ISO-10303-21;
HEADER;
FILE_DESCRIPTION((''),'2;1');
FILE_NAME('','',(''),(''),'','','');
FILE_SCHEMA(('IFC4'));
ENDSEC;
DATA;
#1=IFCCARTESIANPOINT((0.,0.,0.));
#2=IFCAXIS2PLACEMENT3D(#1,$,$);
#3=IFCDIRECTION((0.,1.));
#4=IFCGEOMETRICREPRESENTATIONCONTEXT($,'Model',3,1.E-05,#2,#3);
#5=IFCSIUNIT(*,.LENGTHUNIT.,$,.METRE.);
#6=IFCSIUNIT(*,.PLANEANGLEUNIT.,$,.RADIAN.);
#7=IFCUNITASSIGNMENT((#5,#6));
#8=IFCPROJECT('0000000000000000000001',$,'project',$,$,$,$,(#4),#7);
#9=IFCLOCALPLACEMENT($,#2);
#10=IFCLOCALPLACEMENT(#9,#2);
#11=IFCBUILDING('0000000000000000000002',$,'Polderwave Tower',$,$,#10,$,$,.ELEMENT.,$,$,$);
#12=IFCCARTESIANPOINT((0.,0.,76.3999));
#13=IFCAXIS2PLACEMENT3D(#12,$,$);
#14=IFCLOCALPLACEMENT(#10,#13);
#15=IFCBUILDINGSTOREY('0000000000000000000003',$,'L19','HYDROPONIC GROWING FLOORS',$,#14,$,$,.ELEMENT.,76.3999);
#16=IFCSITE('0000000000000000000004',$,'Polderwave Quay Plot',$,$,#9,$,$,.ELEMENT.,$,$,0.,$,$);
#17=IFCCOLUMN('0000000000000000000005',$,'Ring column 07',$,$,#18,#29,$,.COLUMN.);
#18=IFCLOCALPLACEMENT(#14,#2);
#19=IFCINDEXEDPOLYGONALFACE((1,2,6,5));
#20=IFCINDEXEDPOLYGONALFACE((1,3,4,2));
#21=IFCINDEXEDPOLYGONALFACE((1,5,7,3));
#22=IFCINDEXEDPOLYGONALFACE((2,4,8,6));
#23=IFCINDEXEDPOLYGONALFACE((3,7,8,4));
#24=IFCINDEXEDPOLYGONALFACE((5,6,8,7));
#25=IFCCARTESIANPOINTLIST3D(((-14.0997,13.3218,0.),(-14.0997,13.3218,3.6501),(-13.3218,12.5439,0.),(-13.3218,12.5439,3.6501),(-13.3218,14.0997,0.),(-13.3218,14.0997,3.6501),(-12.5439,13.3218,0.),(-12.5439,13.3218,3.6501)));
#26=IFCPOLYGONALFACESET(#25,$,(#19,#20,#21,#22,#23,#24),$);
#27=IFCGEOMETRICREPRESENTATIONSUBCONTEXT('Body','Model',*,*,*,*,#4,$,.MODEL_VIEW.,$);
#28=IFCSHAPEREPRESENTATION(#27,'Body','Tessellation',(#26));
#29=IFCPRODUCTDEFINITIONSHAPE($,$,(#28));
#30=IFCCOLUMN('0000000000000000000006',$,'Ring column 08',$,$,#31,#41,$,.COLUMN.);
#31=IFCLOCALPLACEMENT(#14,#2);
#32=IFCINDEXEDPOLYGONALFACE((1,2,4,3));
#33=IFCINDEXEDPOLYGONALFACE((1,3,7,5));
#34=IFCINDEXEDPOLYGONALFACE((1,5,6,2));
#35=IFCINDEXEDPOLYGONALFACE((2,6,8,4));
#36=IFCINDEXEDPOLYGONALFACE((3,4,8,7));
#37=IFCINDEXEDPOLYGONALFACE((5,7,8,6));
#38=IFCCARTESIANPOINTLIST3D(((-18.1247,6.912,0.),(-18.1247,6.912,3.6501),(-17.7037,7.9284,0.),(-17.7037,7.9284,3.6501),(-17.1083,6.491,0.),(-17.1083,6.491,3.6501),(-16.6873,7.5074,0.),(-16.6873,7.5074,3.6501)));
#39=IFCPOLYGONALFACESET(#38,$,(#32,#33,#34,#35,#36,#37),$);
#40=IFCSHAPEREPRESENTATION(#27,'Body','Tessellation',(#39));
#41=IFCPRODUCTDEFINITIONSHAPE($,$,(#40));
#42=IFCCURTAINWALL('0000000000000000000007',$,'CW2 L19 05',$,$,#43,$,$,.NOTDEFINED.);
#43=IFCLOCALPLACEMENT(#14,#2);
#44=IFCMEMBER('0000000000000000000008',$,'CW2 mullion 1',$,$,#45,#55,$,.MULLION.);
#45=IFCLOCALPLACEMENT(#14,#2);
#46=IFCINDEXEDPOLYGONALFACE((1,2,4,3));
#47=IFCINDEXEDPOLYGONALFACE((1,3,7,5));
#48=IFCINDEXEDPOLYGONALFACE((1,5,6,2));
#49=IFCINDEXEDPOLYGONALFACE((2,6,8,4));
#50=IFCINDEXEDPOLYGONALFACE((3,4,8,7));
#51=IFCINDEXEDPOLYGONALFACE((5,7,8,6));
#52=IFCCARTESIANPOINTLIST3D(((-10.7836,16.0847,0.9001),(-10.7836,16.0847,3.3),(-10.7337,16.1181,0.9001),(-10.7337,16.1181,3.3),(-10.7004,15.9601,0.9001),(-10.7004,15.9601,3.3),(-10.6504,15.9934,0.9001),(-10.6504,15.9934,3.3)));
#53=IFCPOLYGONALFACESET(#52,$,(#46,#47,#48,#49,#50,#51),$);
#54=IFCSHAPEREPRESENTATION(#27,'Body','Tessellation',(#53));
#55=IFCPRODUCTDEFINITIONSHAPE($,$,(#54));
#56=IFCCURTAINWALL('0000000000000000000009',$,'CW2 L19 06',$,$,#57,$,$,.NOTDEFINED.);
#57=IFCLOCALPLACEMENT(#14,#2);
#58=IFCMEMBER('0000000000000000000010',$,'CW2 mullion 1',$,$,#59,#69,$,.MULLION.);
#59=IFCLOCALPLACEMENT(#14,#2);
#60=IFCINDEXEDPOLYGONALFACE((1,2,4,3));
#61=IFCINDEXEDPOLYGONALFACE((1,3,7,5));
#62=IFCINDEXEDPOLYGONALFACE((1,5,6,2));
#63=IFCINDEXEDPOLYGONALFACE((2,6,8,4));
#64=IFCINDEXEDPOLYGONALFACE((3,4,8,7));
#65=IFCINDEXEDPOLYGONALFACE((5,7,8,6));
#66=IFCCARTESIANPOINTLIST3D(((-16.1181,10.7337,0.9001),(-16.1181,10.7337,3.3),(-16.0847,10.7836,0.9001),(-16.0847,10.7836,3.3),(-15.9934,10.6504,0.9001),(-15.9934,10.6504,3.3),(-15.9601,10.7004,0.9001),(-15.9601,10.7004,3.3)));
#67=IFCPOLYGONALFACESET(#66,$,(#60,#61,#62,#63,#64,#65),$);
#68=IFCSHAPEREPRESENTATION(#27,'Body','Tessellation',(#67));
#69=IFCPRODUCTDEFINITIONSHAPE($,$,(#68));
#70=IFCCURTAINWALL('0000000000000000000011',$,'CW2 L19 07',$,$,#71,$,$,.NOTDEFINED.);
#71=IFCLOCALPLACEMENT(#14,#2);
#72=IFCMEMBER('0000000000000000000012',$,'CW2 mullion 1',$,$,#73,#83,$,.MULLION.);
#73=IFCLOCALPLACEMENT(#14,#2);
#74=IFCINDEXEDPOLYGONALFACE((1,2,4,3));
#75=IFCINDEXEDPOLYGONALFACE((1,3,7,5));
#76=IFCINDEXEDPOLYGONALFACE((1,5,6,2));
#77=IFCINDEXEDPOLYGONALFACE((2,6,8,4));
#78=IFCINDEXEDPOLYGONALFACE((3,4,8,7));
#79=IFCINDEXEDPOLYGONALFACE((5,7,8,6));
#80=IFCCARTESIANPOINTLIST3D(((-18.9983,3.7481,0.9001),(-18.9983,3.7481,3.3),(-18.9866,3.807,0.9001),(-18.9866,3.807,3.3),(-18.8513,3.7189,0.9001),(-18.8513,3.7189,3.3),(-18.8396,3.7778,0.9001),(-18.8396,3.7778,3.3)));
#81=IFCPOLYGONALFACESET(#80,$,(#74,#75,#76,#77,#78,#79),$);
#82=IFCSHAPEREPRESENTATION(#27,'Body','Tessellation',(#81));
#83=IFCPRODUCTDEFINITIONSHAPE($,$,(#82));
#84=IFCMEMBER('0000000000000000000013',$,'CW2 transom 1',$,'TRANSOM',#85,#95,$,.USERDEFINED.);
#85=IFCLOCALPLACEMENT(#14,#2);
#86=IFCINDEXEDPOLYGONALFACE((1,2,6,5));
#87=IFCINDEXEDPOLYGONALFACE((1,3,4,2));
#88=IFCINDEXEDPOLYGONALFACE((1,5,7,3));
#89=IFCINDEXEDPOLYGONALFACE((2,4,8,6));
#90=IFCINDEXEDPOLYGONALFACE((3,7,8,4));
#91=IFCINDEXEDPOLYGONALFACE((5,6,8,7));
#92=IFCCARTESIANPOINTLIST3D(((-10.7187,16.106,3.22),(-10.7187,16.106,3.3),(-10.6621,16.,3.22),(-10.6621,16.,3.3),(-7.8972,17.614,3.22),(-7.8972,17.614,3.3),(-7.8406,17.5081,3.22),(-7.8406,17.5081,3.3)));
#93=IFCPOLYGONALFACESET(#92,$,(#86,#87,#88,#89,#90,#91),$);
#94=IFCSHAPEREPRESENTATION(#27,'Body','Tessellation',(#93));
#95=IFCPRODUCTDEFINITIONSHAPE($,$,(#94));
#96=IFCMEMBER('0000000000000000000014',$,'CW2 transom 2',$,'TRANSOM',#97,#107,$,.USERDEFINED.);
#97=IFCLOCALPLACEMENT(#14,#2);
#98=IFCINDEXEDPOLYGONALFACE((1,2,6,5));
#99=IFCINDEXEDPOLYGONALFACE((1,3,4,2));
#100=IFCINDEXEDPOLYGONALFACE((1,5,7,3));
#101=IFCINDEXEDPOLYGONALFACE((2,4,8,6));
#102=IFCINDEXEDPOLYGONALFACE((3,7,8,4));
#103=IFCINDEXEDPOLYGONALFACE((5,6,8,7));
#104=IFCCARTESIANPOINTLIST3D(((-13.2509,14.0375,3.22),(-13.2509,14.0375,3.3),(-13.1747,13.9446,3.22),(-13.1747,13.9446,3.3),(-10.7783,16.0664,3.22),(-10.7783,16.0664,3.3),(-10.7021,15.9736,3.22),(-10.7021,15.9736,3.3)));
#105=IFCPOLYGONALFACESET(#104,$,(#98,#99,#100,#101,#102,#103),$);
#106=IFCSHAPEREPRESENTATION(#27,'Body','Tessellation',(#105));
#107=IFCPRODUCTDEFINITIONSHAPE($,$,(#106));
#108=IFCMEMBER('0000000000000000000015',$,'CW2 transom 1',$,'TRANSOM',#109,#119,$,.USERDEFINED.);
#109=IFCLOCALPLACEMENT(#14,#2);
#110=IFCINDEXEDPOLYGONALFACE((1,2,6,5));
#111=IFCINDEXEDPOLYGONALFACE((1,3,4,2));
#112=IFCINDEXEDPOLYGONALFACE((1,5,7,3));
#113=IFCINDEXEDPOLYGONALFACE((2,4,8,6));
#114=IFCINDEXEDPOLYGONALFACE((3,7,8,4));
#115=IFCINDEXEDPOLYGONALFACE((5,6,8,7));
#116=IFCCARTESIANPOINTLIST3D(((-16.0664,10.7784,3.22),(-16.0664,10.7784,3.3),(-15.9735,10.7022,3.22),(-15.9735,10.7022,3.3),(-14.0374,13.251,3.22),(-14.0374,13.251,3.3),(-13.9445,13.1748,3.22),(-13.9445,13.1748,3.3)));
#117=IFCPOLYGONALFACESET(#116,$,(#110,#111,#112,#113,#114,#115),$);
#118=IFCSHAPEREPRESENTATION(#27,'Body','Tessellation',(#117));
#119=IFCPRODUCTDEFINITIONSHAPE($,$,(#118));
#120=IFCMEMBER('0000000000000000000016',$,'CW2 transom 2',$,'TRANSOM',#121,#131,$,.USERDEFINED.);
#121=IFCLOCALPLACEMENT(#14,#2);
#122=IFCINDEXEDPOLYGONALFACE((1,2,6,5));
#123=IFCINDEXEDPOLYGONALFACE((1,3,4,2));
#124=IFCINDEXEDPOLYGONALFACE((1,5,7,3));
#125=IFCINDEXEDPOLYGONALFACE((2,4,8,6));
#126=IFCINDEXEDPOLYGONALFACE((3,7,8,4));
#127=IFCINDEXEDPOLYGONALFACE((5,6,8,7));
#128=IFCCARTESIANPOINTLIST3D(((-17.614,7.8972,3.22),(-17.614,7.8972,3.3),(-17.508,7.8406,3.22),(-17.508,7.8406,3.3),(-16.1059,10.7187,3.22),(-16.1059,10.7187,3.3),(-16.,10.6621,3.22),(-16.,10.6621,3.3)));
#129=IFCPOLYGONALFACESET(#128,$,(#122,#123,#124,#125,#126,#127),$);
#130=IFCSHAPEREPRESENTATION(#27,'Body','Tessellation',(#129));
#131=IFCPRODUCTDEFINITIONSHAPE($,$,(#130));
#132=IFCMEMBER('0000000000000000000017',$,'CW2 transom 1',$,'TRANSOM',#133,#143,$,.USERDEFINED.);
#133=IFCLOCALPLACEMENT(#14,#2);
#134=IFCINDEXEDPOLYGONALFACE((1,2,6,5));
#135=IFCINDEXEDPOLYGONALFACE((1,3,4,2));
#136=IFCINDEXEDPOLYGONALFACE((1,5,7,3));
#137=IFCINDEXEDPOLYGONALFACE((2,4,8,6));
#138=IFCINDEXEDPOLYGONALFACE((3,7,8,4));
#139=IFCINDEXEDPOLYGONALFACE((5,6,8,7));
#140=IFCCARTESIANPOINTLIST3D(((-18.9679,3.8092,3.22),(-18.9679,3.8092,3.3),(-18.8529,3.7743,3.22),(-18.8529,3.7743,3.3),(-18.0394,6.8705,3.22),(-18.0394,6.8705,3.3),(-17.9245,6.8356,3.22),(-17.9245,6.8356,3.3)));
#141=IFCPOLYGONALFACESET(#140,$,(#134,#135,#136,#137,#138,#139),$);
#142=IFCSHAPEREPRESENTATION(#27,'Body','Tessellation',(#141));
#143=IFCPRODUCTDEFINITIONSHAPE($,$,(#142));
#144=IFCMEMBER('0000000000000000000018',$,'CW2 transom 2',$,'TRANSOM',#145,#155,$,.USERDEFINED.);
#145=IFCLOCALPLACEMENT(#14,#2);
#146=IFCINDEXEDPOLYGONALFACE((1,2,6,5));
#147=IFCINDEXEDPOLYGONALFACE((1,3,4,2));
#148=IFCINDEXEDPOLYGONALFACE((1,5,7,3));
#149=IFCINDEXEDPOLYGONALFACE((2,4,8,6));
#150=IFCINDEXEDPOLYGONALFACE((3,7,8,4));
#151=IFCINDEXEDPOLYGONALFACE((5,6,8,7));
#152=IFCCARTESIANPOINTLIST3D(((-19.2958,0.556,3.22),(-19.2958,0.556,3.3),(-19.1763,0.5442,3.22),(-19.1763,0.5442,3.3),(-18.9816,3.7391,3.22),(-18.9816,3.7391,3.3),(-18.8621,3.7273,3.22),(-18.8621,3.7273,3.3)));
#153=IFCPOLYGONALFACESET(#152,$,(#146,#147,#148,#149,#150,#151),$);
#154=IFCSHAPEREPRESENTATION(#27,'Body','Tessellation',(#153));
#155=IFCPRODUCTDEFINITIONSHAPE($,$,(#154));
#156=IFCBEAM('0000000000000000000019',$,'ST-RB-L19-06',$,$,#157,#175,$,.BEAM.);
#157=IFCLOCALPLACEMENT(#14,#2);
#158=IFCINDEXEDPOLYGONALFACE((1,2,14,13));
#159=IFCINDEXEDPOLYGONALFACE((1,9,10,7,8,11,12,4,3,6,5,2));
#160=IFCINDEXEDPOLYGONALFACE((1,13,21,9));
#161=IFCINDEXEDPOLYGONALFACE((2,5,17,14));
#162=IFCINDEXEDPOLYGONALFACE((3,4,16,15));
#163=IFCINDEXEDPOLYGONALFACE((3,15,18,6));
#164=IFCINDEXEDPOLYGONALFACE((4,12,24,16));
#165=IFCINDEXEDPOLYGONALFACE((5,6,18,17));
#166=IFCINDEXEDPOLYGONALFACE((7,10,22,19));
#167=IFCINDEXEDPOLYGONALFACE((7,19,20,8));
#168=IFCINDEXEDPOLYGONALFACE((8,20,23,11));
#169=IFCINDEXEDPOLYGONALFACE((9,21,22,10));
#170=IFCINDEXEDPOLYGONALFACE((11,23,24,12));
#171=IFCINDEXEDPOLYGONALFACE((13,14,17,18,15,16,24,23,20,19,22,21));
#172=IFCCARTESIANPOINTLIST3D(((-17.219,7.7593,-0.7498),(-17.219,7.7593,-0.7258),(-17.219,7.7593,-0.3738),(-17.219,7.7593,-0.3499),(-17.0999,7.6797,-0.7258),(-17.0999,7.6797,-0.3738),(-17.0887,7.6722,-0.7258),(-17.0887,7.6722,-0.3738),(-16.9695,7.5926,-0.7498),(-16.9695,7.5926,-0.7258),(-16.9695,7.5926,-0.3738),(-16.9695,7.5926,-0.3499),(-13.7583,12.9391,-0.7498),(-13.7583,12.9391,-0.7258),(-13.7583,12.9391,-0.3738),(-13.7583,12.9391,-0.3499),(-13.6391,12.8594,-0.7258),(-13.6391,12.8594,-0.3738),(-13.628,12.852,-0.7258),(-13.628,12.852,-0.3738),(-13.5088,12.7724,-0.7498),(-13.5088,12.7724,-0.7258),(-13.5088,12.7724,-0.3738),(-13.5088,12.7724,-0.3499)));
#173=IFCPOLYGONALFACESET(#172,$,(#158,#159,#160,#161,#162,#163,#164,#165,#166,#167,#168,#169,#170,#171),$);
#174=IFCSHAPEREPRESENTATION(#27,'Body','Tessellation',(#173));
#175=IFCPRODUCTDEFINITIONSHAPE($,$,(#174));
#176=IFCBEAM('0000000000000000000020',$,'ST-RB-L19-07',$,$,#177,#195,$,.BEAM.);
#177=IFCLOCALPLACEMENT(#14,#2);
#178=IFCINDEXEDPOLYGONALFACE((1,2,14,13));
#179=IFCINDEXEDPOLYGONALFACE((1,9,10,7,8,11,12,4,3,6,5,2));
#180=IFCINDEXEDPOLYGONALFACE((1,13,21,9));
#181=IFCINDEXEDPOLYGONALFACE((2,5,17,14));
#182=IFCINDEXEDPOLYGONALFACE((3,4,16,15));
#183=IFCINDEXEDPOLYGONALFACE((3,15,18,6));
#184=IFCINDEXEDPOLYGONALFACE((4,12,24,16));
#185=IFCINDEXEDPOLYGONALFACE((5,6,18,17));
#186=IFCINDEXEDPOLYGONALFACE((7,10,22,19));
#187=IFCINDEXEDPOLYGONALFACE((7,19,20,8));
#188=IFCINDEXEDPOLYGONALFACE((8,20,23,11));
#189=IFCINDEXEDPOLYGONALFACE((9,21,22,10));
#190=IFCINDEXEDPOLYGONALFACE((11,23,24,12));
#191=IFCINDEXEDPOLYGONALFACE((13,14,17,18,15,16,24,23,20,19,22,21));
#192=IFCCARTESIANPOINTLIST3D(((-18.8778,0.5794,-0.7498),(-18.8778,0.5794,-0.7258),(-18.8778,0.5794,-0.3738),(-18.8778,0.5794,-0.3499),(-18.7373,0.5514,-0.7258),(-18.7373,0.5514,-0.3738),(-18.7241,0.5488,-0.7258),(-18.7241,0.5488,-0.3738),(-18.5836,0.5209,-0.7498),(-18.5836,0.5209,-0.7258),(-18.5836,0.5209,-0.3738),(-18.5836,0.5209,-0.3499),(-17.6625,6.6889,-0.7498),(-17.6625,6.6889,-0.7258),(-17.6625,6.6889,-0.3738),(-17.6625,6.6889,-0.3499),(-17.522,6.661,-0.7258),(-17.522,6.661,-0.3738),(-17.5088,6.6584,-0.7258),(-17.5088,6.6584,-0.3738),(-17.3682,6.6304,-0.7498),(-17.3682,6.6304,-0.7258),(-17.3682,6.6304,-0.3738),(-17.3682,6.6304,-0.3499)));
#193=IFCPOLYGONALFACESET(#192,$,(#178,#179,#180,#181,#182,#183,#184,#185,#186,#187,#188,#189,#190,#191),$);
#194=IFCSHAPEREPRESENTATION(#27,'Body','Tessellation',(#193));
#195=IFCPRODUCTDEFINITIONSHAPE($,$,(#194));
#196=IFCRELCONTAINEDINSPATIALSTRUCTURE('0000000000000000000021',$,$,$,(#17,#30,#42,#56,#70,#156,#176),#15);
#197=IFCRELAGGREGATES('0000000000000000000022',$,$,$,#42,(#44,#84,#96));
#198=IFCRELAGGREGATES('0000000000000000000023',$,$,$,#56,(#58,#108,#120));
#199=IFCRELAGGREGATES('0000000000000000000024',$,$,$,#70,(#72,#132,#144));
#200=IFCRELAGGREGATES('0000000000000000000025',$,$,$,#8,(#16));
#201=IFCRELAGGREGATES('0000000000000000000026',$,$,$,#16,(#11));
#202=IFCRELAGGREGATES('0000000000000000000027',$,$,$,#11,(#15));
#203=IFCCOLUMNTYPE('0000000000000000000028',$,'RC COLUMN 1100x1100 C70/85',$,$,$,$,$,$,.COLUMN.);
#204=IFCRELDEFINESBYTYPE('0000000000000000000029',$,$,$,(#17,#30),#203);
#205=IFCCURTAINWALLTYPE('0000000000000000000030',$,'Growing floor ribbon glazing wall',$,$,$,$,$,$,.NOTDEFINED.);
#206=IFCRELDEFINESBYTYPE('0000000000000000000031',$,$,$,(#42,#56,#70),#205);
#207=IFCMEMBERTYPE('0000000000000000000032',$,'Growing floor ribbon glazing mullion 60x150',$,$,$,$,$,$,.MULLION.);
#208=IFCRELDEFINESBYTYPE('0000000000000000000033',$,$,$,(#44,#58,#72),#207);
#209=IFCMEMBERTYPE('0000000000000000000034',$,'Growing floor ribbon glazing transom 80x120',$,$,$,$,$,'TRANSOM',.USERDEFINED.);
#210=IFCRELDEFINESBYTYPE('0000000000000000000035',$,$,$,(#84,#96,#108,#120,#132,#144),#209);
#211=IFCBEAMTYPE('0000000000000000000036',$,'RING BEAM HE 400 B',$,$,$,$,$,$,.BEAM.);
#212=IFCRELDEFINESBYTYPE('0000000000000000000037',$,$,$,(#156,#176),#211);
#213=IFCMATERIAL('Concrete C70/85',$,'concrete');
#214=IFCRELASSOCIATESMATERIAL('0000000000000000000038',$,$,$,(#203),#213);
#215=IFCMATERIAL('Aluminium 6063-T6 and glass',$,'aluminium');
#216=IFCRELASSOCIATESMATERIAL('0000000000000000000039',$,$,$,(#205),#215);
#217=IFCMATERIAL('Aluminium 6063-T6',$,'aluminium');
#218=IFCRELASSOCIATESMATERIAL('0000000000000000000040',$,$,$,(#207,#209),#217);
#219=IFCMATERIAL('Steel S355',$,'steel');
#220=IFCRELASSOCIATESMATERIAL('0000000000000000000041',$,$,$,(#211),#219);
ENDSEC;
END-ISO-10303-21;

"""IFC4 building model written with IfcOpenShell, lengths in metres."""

from ifc_helpers import new_model, si_unit, direction, frame, origin, origin_2d, place, context, subcontext, project, spatial, rectangle, i_section, extrude, material, material_profile, profile_set, type_object, element, aggregate, save


model = new_model("IFC4")

# Units and contexts
model_context = context("Model", 3, precision=1e-05, world=origin(), true_north=direction((0.0, 1.0)))
body_context = subcontext(model_context, "Body", "Model", "MODEL_VIEW")
ifc_project = project(units=[si_unit("LENGTHUNIT", "METRE"), si_unit("PLANEANGLEUNIT", "RADIAN")], contexts=[model_context])

# Site, building, storey
site_placement = place(None, origin())
site = spatial("IfcSite", under=ifc_project, at=site_placement, Name="Polderwave Quay Plot", CompositionType="ELEMENT", RefElevation=0.0)
building_placement = place(site_placement, origin())
building = spatial("IfcBuilding", under=site, at=building_placement, Name="Polderwave Tower", CompositionType="ELEMENT")
storey_placement = place(building_placement, frame((0.0, 0.0, 76.3999)))
storey = spatial("IfcBuildingStorey", under=building, at=storey_placement, Name="L19", Description="HYDROPONIC GROWING FLOORS", CompositionType="ELEMENT", Elevation=76.3999)

# Columns
ifc_material_1 = material(Name="Concrete C70/85", Category="concrete")
ifc_material_profile_1 = material_profile(ifc_material_1, rectangle(XDim=1.1001, YDim=1.1001, at=origin_2d()), Name="RC 1100x1100")
ifc_profile_set_1 = profile_set([ifc_material_profile_1], Name="Concrete C70/85")
column_type = type_object("IfcColumnType", Name="RC COLUMN 1100x1100 C70/85", PredefinedType="COLUMN", material=ifc_profile_set_1)
for number, where, z_axis, x_axis, name in (
    (1, (-13.3218, 13.3218, 0.0), (0.0, 0.0, 1.0), (-0.707107, 0.707107, 0.0), "Ring column 07"),
    (2, (-17.406, 7.2097, 0.0), (0.0, 0.0, 1.0), (-0.92388, 0.382683, 0.0), "Ring column 08"),
):
    element("IfcColumn", number, at=place(storey_placement, frame(where, z_axis=z_axis, x_axis=x_axis)), inside=storey, type_object=column_type, Name=name, PredefinedType="COLUMN", context=body_context, shape_type="SweptSolid", body=[
        extrude(rectangle(XDim=1.1001, YDim=1.1001, at=origin_2d()), origin(), (0.0, 0.0, 1.0), 3.6501),
    ])

# Curtain walls, members
ifc_material_2 = material(Name="Aluminium 6063-T6 and glass", Category="aluminium")
curtain_wall_type = type_object("IfcCurtainWallType", Name="Growing floor ribbon glazing wall", PredefinedType="NOTDEFINED", material=ifc_material_2)
curtain_wall_1_placement = place(storey_placement, origin())
curtain_wall_1 = element("IfcCurtainWall", 3, at=curtain_wall_1_placement, inside=storey, type_object=curtain_wall_type, Name="CW2 L19 05", PredefinedType="NOTDEFINED")
ifc_material_3 = material(Name="Aluminium 6063-T6", Category="aluminium")
ifc_material_profile_2 = material_profile(ifc_material_3, rectangle(XDim=0.1499, YDim=0.0601, at=origin_2d()), Name="AL 60x150")
ifc_profile_set_2 = profile_set([ifc_material_profile_2], Name="Aluminium 6063-T6")
member_type_1 = type_object("IfcMemberType", Name="Growing floor ribbon glazing mullion 60x150", PredefinedType="MULLION", material=ifc_profile_set_2)
member_1_placement = place(storey_placement, frame((-10.717, 16.0391, 0.9001), z_axis=(0.0, 0.0, 1.0), x_axis=(0.555496, -0.831519, 0.0)))
member_1 = element("IfcMember", 4, at=member_1_placement, type_object=member_type_1, Name="CW2 mullion 1", PredefinedType="MULLION", context=body_context, shape_type="SweptSolid", body=[
    extrude(rectangle(XDim=0.1499, YDim=0.0601, at=origin_2d()), origin(), (0.0, 0.0, 1.0), 2.3999),
])
curtain_wall_2_placement = place(storey_placement, origin())
curtain_wall_2 = element("IfcCurtainWall", 5, at=curtain_wall_2_placement, inside=storey, type_object=curtain_wall_type, Name="CW2 L19 06", PredefinedType="NOTDEFINED")
member_2_placement = place(storey_placement, frame((-16.0391, 10.717, 0.9001), z_axis=(0.0, 0.0, 1.0), x_axis=(0.831519, -0.555496, 0.0)))
member_2 = element("IfcMember", 6, at=member_2_placement, type_object=member_type_1, Name="CW2 mullion 1", PredefinedType="MULLION", context=body_context, shape_type="SweptSolid", body=[
    extrude(rectangle(XDim=0.1499, YDim=0.0601, at=origin_2d()), origin(), (0.0, 0.0, 1.0), 2.3999),
])
curtain_wall_3_placement = place(storey_placement, origin())
curtain_wall_3 = element("IfcCurtainWall", 7, at=curtain_wall_3_placement, inside=storey, type_object=curtain_wall_type, Name="CW2 L19 07", PredefinedType="NOTDEFINED")
member_3_placement = place(storey_placement, frame((-18.9189, 3.7629, 0.9001), z_axis=(0.0, 0.0, 1.0), x_axis=(0.980779, -0.195123, 0.0)))
member_3 = element("IfcMember", 8, at=member_3_placement, type_object=member_type_1, Name="CW2 mullion 1", PredefinedType="MULLION", context=body_context, shape_type="SweptSolid", body=[
    extrude(rectangle(XDim=0.1499, YDim=0.0601, at=origin_2d()), origin(), (0.0, 0.0, 1.0), 2.3999),
])

# Members
ifc_material_profile_3 = material_profile(ifc_material_3, rectangle(XDim=0.1201, YDim=0.0801, at=origin_2d()), Name="AL 80x120")
ifc_profile_set_3 = profile_set([ifc_material_profile_3], Name="Aluminium 6063-T6")
member_type_2 = type_object("IfcMemberType", Name="Growing floor ribbon glazing transom 80x120", ElementType="TRANSOM", PredefinedType="USERDEFINED", material=ifc_profile_set_3)
member_4_placement = place(storey_placement, frame((-7.8689, 17.561, 3.26), z_axis=(-0.881932, -0.471376, 0.0), x_axis=(0.471376, -0.881932, 0.0)))
member_4 = element("IfcMember", 9, at=member_4_placement, type_object=member_type_2, Name="CW2 transom 1", ObjectType="TRANSOM", PredefinedType="USERDEFINED", context=body_context, shape_type="SweptSolid", body=[
    extrude(rectangle(XDim=0.1201, YDim=0.0801, at=origin_2d()), origin(), (0.0, 0.0, 1.0), 3.1992),
])
member_5_placement = place(storey_placement, frame((-10.7402, 16.02, 3.26), z_axis=(-0.773042, -0.634355, 0.0), x_axis=(0.634355, -0.773042, 0.0)))
member_5 = element("IfcMember", 10, at=member_5_placement, type_object=member_type_2, Name="CW2 transom 2", ObjectType="TRANSOM", PredefinedType="USERDEFINED", context=body_context, shape_type="SweptSolid", body=[
    extrude(rectangle(XDim=0.1201, YDim=0.0801, at=origin_2d()), origin(), (0.0, 0.0, 1.0), 3.1985),
])
member_6_placement = place(storey_placement, frame((-13.991, 13.2129, 3.26), z_axis=(-0.634355, -0.773042, 0.0), x_axis=(0.773042, -0.634355, 0.0)))
member_6 = element("IfcMember", 11, at=member_6_placement, type_object=member_type_2, Name="CW2 transom 1", ObjectType="TRANSOM", PredefinedType="USERDEFINED", context=body_context, shape_type="SweptSolid", body=[
    extrude(rectangle(XDim=0.1201, YDim=0.0801, at=origin_2d()), origin(), (0.0, 0.0, 1.0), 3.1985),
])
member_7_placement = place(storey_placement, frame((-16.053, 10.6904, 3.26), z_axis=(-0.471376, -0.881932, 0.0), x_axis=(0.881932, -0.471376, 0.0)))
member_7 = element("IfcMember", 12, at=member_7_placement, type_object=member_type_2, Name="CW2 transom 2", ObjectType="TRANSOM", PredefinedType="USERDEFINED", context=body_context, shape_type="SweptSolid", body=[
    extrude(rectangle(XDim=0.1201, YDim=0.0801, at=origin_2d()), origin(), (0.0, 0.0, 1.0), 3.1992),
])
member_8_placement = place(storey_placement, frame((-17.9819, 6.853, 3.26), z_axis=(-0.290238, -0.956954, 0.0), x_axis=(0.956954, -0.290238, 0.0)))
member_8 = element("IfcMember", 13, at=member_8_placement, type_object=member_type_2, Name="CW2 transom 1", ObjectType="TRANSOM", PredefinedType="USERDEFINED", context=body_context, shape_type="SweptSolid", body=[
    extrude(rectangle(XDim=0.1201, YDim=0.0801, at=origin_2d()), origin(), (0.0, 0.0, 1.0), 3.199),
])
member_9_placement = place(storey_placement, frame((-18.9219, 3.7332, 3.26), z_axis=(-0.098234, -0.995163, 0.0), x_axis=(0.995163, -0.098234, 0.0)))
member_9 = element("IfcMember", 14, at=member_9_placement, type_object=member_type_2, Name="CW2 transom 2", ObjectType="TRANSOM", PredefinedType="USERDEFINED", context=body_context, shape_type="SweptSolid", body=[
    extrude(rectangle(XDim=0.1201, YDim=0.0801, at=origin_2d()), origin(), (0.0, 0.0, 1.0), 3.1985),
])

# Beams
ifc_material_4 = material(Name="Steel S355", Category="steel")
ifc_material_profile_4 = material_profile(ifc_material_4, i_section(OverallWidth=0.3, OverallDepth=0.3999, WebThickness=0.0134, FlangeThickness=0.0239, at=origin_2d()), Name="HE 400 B")
ifc_profile_set_4 = profile_set([ifc_material_profile_4], Name="Steel S355")
beam_type = type_object("IfcBeamType", Name="RING BEAM HE 400 B", PredefinedType="BEAM", material=ifc_profile_set_4)
beam_1_placement = place(storey_placement, frame((-13.6335, 12.8557, -0.5498), z_axis=(-0.555541, -0.831489, 0.0), x_axis=(0.831489, -0.555541, 0.0)))
element("IfcBeam", 15, at=beam_1_placement, inside=storey, type_object=beam_type, Name="ST-RB-L19-06", PredefinedType="BEAM", context=body_context, shape_type="SweptSolid", body=[
    extrude(i_section(OverallWidth=0.3, OverallDepth=0.3999, WebThickness=0.0134, FlangeThickness=0.0239, at=origin_2d()), origin(), (0.0, 0.0, 1.0), 6.2295),
])
beam_2_placement = place(storey_placement, frame((-17.5154, 6.6597, -0.5498), z_axis=(-0.195099, -0.980784, 0.0), x_axis=(0.980784, -0.195099, 0.0)))
element("IfcBeam", 16, at=beam_2_placement, inside=storey, type_object=beam_type, Name="ST-RB-L19-07", PredefinedType="BEAM", context=body_context, shape_type="SweptSolid", body=[
    extrude(i_section(OverallWidth=0.3, OverallDepth=0.3999, WebThickness=0.0134, FlangeThickness=0.0239, at=origin_2d()), origin(), (0.0, 0.0, 1.0), 6.2292),
])

aggregate(curtain_wall_1, [member_1, member_4, member_5])
aggregate(curtain_wall_2, [member_2, member_6, member_7])
aggregate(curtain_wall_3, [member_3, member_8, member_9])

save(model, "model.ifc")
